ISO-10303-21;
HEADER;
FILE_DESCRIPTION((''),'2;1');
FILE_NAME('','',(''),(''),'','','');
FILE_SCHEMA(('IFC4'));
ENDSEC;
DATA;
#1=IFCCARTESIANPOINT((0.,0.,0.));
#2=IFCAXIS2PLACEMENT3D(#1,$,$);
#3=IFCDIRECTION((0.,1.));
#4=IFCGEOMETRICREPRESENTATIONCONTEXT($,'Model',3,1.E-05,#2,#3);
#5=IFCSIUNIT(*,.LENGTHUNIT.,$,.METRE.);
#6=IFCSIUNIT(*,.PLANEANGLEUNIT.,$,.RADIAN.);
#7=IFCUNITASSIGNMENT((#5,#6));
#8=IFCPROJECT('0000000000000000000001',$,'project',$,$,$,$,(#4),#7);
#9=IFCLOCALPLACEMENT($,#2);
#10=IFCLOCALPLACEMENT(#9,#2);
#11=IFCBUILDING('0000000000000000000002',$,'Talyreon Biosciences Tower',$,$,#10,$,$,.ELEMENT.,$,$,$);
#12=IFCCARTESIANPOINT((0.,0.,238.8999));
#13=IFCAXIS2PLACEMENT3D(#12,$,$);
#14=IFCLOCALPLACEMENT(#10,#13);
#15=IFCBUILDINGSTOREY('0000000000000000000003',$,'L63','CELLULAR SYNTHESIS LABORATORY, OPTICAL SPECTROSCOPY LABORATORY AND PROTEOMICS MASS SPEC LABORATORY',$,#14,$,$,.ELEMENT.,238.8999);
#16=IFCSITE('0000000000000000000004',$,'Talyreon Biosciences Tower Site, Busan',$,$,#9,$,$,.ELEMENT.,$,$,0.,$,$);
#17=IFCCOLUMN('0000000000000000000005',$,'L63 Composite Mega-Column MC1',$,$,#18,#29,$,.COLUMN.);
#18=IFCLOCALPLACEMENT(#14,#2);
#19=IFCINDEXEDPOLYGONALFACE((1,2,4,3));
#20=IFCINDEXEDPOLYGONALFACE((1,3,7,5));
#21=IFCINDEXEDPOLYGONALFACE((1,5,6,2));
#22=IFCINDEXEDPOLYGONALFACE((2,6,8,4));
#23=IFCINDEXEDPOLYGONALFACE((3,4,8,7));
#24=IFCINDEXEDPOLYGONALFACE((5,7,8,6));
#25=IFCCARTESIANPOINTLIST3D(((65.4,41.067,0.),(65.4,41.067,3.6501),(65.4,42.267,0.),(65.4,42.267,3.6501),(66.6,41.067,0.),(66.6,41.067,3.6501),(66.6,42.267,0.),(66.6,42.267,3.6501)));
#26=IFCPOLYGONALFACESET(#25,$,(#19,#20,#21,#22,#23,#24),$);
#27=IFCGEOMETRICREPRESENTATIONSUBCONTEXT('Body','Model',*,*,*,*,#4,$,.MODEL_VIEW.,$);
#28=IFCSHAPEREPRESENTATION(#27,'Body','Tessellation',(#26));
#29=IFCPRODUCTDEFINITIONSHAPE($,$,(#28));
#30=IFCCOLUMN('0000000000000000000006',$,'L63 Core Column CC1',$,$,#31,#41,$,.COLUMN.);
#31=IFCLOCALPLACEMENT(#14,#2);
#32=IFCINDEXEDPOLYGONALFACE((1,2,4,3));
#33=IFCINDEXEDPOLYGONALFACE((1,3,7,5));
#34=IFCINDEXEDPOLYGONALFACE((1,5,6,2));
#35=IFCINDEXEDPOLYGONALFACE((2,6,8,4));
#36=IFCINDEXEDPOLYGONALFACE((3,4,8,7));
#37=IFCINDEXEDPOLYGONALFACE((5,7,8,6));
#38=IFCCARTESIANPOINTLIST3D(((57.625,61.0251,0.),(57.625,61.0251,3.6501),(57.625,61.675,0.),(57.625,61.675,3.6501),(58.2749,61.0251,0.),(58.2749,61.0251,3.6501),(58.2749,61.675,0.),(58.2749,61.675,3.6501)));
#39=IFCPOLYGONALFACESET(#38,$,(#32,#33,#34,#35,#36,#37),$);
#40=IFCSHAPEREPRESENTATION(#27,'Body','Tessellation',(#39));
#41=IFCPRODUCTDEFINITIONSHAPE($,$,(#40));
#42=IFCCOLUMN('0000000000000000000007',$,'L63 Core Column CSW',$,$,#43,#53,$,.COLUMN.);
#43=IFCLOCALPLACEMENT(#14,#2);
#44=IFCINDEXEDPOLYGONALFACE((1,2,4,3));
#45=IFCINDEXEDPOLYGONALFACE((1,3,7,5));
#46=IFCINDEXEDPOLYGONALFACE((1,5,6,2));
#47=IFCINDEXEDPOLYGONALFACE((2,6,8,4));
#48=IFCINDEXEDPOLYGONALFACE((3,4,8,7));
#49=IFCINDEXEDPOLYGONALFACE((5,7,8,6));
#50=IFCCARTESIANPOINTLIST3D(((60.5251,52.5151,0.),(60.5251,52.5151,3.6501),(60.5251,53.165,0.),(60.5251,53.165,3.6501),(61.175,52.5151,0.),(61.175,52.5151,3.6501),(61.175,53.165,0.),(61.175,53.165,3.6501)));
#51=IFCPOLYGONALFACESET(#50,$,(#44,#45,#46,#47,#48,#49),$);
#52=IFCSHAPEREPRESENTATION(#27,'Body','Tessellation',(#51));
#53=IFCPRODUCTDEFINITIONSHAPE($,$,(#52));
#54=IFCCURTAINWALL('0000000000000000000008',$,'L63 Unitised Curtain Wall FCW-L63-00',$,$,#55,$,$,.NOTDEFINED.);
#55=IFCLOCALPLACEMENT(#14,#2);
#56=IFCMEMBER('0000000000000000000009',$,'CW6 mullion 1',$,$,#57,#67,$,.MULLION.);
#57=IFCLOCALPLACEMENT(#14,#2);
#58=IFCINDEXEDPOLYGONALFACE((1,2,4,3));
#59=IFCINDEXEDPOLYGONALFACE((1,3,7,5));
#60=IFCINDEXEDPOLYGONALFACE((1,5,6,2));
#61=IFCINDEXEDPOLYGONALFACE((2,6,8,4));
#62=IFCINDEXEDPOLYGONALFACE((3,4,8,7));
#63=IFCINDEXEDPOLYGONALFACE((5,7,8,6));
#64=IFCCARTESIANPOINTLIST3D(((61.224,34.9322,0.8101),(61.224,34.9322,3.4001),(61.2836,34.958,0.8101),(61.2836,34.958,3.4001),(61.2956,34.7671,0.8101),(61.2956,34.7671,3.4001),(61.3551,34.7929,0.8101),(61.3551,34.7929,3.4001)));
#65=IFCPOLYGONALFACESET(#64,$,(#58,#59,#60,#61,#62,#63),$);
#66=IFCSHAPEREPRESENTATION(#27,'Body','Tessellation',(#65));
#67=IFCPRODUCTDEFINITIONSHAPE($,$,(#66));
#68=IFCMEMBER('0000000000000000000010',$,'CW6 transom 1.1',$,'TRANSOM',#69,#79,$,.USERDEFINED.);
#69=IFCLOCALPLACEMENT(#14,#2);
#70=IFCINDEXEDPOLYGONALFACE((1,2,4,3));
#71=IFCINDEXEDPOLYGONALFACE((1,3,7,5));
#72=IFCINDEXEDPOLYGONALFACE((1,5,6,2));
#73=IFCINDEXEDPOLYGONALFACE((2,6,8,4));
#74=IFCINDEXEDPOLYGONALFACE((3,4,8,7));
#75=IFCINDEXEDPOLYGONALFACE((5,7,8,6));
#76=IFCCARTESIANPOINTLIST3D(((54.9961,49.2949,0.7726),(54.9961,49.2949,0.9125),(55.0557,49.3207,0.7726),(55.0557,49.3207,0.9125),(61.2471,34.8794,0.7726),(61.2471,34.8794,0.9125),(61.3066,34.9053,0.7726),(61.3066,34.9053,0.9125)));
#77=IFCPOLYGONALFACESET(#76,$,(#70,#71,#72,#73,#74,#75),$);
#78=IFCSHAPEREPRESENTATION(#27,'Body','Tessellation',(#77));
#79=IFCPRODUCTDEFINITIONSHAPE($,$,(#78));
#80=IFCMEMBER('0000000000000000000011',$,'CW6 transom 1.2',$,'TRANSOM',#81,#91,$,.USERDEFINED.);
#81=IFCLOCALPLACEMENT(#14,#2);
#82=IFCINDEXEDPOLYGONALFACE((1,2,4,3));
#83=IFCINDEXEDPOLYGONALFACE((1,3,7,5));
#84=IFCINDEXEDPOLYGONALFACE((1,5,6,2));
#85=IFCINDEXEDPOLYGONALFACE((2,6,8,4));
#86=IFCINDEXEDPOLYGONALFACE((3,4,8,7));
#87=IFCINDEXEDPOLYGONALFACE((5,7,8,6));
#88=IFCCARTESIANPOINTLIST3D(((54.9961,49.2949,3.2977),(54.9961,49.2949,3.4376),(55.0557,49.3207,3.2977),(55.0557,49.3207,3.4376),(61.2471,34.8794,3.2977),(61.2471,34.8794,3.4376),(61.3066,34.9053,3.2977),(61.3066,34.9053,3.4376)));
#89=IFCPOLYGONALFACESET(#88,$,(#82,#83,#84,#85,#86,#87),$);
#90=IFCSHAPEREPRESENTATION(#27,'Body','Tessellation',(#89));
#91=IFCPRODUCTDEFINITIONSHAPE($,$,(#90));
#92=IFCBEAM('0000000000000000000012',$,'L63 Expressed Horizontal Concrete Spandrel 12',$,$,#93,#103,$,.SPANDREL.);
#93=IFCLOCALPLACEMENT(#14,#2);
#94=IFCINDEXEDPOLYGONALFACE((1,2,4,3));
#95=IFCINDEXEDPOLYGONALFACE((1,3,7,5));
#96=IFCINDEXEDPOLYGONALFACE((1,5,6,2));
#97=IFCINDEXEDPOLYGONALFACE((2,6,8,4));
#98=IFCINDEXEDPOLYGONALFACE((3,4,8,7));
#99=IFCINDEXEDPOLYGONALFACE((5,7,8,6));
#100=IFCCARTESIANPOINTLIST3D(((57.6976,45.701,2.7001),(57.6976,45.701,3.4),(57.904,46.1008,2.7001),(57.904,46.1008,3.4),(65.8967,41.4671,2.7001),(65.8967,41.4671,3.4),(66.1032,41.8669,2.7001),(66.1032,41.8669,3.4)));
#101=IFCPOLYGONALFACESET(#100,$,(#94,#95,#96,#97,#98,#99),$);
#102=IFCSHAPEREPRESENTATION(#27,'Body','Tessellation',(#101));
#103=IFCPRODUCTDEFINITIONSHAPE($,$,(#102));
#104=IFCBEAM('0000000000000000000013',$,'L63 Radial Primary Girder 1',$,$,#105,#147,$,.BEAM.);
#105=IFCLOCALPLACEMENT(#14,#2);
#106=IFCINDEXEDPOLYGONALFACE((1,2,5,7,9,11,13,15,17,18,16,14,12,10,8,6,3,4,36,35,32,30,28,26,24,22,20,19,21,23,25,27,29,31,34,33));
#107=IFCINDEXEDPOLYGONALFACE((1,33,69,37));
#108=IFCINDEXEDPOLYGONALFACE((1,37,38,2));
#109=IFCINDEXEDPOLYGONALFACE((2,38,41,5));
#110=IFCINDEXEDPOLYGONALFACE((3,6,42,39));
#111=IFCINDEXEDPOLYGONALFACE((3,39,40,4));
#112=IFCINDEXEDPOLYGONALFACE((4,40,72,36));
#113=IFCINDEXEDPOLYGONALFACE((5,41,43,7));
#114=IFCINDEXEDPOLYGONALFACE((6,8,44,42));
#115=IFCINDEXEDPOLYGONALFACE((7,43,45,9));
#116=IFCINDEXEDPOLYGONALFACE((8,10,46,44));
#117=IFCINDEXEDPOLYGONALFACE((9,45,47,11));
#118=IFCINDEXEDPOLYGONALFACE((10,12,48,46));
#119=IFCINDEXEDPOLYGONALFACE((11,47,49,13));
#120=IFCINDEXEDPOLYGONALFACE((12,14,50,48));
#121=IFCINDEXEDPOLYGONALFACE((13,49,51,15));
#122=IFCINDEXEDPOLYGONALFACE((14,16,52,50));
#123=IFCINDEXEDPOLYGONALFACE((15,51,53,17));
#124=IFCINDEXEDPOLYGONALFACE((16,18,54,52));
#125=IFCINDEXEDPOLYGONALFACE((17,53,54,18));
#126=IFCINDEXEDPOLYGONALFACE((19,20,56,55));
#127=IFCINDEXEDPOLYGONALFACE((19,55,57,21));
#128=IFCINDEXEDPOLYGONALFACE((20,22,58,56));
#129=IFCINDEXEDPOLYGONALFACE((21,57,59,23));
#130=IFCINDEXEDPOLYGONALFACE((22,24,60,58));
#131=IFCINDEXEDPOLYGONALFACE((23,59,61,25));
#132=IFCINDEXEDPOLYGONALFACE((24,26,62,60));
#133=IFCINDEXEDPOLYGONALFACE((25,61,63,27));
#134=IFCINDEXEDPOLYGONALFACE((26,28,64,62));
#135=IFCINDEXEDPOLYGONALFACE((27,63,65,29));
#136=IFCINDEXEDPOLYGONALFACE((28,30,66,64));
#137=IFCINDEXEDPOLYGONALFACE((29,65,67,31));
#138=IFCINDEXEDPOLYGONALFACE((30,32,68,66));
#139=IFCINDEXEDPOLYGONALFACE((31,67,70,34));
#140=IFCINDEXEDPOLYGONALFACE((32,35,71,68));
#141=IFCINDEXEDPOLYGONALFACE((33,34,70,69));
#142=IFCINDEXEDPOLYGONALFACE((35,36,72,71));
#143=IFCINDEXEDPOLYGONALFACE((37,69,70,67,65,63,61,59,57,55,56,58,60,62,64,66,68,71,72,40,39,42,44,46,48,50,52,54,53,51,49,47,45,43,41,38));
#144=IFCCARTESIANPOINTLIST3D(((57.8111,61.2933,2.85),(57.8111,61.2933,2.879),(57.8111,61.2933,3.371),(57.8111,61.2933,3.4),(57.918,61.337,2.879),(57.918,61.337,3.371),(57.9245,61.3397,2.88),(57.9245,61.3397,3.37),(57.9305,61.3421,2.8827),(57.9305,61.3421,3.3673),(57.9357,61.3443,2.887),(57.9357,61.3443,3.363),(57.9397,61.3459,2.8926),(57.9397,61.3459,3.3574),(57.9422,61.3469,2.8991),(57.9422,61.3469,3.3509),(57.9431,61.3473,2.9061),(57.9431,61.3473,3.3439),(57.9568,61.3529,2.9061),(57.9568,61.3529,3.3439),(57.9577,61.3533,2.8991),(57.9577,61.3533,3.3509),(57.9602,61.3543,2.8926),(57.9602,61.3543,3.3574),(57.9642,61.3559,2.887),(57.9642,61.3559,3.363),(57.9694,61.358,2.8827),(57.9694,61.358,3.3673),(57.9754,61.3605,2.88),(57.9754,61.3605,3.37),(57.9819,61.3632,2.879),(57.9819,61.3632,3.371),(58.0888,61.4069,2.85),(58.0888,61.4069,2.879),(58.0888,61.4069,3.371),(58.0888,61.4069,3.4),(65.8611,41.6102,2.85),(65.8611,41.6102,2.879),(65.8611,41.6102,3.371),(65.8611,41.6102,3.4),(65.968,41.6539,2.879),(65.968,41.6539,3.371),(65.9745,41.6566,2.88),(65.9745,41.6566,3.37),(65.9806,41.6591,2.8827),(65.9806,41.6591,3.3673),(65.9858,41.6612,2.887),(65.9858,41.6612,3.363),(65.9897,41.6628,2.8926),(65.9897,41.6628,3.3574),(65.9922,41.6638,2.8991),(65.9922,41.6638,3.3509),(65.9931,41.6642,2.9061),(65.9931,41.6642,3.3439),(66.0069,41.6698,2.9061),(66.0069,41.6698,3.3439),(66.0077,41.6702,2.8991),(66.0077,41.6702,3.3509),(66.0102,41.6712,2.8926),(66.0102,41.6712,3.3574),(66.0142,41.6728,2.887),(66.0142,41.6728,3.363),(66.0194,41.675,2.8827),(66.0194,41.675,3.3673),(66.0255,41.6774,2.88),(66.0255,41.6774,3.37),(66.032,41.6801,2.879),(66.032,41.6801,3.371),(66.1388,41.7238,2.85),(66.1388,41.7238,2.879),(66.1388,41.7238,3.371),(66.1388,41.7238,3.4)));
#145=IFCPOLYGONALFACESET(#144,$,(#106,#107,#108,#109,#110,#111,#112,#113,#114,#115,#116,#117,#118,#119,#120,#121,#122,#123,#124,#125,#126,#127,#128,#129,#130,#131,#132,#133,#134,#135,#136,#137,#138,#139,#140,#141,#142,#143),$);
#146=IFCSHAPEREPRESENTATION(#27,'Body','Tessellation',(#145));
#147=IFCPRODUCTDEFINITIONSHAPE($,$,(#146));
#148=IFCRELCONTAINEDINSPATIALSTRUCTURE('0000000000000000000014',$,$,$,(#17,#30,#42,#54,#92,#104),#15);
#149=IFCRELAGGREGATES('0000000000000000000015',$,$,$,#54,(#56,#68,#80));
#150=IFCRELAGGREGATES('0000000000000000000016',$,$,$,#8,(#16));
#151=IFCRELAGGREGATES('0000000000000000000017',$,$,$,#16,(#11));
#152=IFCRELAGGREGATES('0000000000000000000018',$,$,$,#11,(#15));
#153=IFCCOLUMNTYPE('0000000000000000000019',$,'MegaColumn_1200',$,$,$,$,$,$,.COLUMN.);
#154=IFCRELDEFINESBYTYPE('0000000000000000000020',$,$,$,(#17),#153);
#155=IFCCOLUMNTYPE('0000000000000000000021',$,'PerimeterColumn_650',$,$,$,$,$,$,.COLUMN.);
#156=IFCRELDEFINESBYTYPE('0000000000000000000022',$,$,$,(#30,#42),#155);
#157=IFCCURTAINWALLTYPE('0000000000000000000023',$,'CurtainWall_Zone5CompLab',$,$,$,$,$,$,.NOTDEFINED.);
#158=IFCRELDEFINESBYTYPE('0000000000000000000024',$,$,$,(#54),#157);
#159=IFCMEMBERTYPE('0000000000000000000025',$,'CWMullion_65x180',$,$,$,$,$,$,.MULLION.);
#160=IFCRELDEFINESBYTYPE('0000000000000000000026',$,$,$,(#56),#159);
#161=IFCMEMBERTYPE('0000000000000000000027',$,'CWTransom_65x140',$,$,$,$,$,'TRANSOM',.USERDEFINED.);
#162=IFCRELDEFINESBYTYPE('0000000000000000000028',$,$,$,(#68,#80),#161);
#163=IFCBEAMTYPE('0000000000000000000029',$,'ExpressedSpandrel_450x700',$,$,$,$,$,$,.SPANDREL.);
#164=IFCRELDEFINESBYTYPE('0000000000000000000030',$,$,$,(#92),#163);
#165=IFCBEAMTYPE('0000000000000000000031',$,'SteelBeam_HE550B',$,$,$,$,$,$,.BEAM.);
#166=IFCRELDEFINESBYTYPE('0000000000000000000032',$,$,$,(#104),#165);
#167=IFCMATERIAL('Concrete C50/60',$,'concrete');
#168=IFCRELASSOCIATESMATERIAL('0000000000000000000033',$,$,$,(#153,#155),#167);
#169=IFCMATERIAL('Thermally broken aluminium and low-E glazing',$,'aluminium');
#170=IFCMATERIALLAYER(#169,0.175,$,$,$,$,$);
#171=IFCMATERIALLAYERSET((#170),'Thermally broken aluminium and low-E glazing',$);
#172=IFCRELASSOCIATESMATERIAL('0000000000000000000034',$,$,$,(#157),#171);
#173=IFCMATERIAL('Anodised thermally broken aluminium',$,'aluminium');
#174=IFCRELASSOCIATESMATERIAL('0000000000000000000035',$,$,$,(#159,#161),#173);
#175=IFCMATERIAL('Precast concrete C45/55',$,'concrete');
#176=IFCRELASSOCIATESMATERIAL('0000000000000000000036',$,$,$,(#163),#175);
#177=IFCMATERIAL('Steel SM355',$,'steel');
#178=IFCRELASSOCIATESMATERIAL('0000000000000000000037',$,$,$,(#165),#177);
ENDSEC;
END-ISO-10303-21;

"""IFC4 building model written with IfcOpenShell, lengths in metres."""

from ifc_helpers import new_model, si_unit, direction, frame, origin, origin_2d, place, context, subcontext, project, spatial, rectangle, i_section, extrude, material, layer, layer_set, material_profile, profile_set, type_object, element, aggregate, save


model = new_model("IFC4")

# Units and contexts
model_context = context("Model", 3, precision=1e-05, world=origin(), true_north=direction((0.0, 1.0)))
body_context = subcontext(model_context, "Body", "Model", "MODEL_VIEW")
ifc_project = project(units=[si_unit("LENGTHUNIT", "METRE"), si_unit("PLANEANGLEUNIT", "RADIAN")], contexts=[model_context])

# Site, building, storey
site_placement = place(None, origin())
site = spatial("IfcSite", under=ifc_project, at=site_placement, Name="Talyreon Biosciences Tower Site, Busan", CompositionType="ELEMENT", RefElevation=0.0)
building_placement = place(site_placement, origin())
building = spatial("IfcBuilding", under=site, at=building_placement, Name="Talyreon Biosciences Tower", CompositionType="ELEMENT")
storey_placement = place(building_placement, frame((0.0, 0.0, 238.8999)))
storey = spatial("IfcBuildingStorey", under=building, at=storey_placement, Name="L63", Description="CELLULAR SYNTHESIS LABORATORY, OPTICAL SPECTROSCOPY LABORATORY AND PROTEOMICS MASS SPEC LABORATORY", CompositionType="ELEMENT", Elevation=238.8999)

# Columns
ifc_material_1 = material(Name="Concrete C50/60", Category="concrete")
ifc_material_profile_1 = material_profile(ifc_material_1, rectangle(XDim=1.2, YDim=1.2, at=origin_2d()), Name="RC 1200x1200")
ifc_profile_set_1 = profile_set([ifc_material_profile_1], Name="Concrete C50/60")
column_type_1 = type_object("IfcColumnType", Name="MegaColumn_1200", PredefinedType="COLUMN", material=ifc_profile_set_1)
column_placement = place(storey_placement, frame((66.0, 41.667, 0.0), z_axis=(0.0, 0.0, 1.0), x_axis=(1.0, 0.0, 0.0)))
element("IfcColumn", 1, at=column_placement, inside=storey, type_object=column_type_1, Name="L63 Composite Mega-Column MC1", PredefinedType="COLUMN", context=body_context, shape_type="SweptSolid", body=[
    extrude(rectangle(XDim=1.2, YDim=1.2, at=origin_2d()), origin(), (0.0, 0.0, 1.0), 3.6501),
])
ifc_material_profile_2 = material_profile(ifc_material_1, rectangle(XDim=0.6499, YDim=0.6499, at=origin_2d()), Name="RC 650x650")
ifc_profile_set_2 = profile_set([ifc_material_profile_2], Name="Concrete C50/60")
column_type_2 = type_object("IfcColumnType", Name="PerimeterColumn_650", PredefinedType="COLUMN", material=ifc_profile_set_2)
for number, where, z_axis, x_axis, name in (
    (2, (57.95, 61.3501, 0.0), (0.0, 0.0, 1.0), (1.0, 0.0, 0.0), "L63 Core Column CC1"),
    (3, (60.8501, 52.8401, 0.0), (0.0, 0.0, 1.0), (1.0, 0.0, 0.0), "L63 Core Column CSW"),
):
    element("IfcColumn", number, at=place(storey_placement, frame(where, z_axis=z_axis, x_axis=x_axis)), inside=storey, type_object=column_type_2, Name=name, PredefinedType="COLUMN", context=body_context, shape_type="SweptSolid", body=[
        extrude(rectangle(XDim=0.6499, YDim=0.6499, at=origin_2d()), origin(), (0.0, 0.0, 1.0), 3.6501),
    ])

# Curtain wall, members
ifc_material_2 = material(Name="Thermally broken aluminium and low-E glazing", Category="aluminium")
ifc_layer_1 = layer(ifc_material_2, 0.175)
ifc_layer_set_1 = layer_set([ifc_layer_1], Name="Thermally broken aluminium and low-E glazing")
curtain_wall_type = type_object("IfcCurtainWallType", Name="CurtainWall_Zone5CompLab", PredefinedType="NOTDEFINED", material=ifc_layer_set_1)
curtain_wall_placement = place(storey_placement, origin())
curtain_wall = element("IfcCurtainWall", 4, at=curtain_wall_placement, inside=storey, type_object=curtain_wall_type, Name="L63 Unitised Curtain Wall FCW-L63-00", PredefinedType="NOTDEFINED")
ifc_material_3 = material(Name="Anodised thermally broken aluminium", Category="aluminium")
ifc_material_profile_3 = material_profile(ifc_material_3, rectangle(XDim=0.0649, YDim=0.1799, at=origin_2d()), Name="ALUM MULLION 65x180")
ifc_profile_set_3 = profile_set([ifc_material_profile_3], Name="Anodised thermally broken aluminium")
member_type_1 = type_object("IfcMemberType", Name="CWMullion_65x180", PredefinedType="MULLION", material=ifc_profile_set_3)
member_1_placement = place(storey_placement, frame((61.2896, 34.8625, 0.8101), z_axis=(0.0, 0.0, 1.0), x_axis=(-0.917458, -0.397832, 0.0)))
member_1 = element("IfcMember", 5, at=member_1_placement, type_object=member_type_1, Name="CW6 mullion 1", PredefinedType="MULLION", context=body_context, shape_type="SweptSolid", body=[
    extrude(rectangle(XDim=0.0649, YDim=0.1799, at=origin_2d()), origin(), (0.0, 0.0, 1.0), 2.5901),
])
ifc_material_profile_4 = material_profile(ifc_material_3, rectangle(XDim=0.0649, YDim=0.1399, at=origin_2d()), Name="ALUM TRANSOM 65x140")
ifc_profile_set_4 = profile_set([ifc_material_profile_4], Name="Anodised thermally broken aluminium")
member_type_2 = type_object("IfcMemberType", Name="CWTransom_65x140", ElementType="TRANSOM", PredefinedType="USERDEFINED", material=ifc_profile_set_4)
member_2_placement = place(storey_placement, frame((61.2769, 34.8923, 0.8425), z_axis=(-0.397835, 0.917457, 0.0), x_axis=(-0.917457, -0.397835, 0.0)))
member_2 = element("IfcMember", 6, at=member_2_placement, type_object=member_type_2, Name="CW6 transom 1.1", ObjectType="TRANSOM", PredefinedType="USERDEFINED", context=body_context, shape_type="SweptSolid", body=[
    extrude(rectangle(XDim=0.0649, YDim=0.1399, at=origin_2d()), origin(), (0.0, 0.0, 1.0), 15.7124),
])
member_3_placement = place(storey_placement, frame((61.2769, 34.8923, 3.3677), z_axis=(-0.397835, 0.917457, 0.0), x_axis=(-0.917457, -0.397835, 0.0)))
member_3 = element("IfcMember", 7, at=member_3_placement, type_object=member_type_2, Name="CW6 transom 1.2", ObjectType="TRANSOM", PredefinedType="USERDEFINED", context=body_context, shape_type="SweptSolid", body=[
    extrude(rectangle(XDim=0.0649, YDim=0.1399, at=origin_2d()), origin(), (0.0, 0.0, 1.0), 15.7124),
])

# Beams
ifc_material_4 = material(Name="Precast concrete C45/55", Category="concrete")
ifc_material_profile_5 = material_profile(ifc_material_4, rectangle(XDim=0.45, YDim=0.7, at=origin_2d()), Name="RCB 450x700")
ifc_profile_set_5 = profile_set([ifc_material_profile_5], Name="Precast concrete C45/55")
beam_type_1 = type_object("IfcBeamType", Name="ExpressedSpandrel_450x700", PredefinedType="SPANDREL", material=ifc_profile_set_5)
beam_1_placement = place(storey_placement, frame((57.8008, 45.9009, 3.05), z_axis=(0.888531, -0.458817, 0.0), x_axis=(0.458817, 0.888531, 0.0)))
element("IfcBeam", 8, at=beam_1_placement, inside=storey, type_object=beam_type_1, Name="L63 Expressed Horizontal Concrete Spandrel 12", PredefinedType="SPANDREL", context=body_context, shape_type="SweptSolid", body=[
    extrude(rectangle(XDim=0.45, YDim=0.7, at=origin_2d()), origin(), (0.0, 0.0, 1.0), 9.2278),
])
ifc_material_5 = material(Name="Steel SM355", Category="steel")
ifc_material_profile_6 = material_profile(ifc_material_5, i_section(OverallWidth=0.3, OverallDepth=0.55, WebThickness=0.0149, FlangeThickness=0.0291, FilletRadius=0.0271, at=origin_2d()), Name="HE550B")
ifc_profile_set_6 = profile_set([ifc_material_profile_6], Name="Steel SM355")
beam_type_2 = type_object("IfcBeamType", Name="SteelBeam_HE550B", PredefinedType="BEAM", material=ifc_profile_set_6)
beam_2_placement = place(storey_placement, frame((57.95, 61.3501, 3.125), z_axis=(0.378547, -0.925582, 0.0), x_axis=(0.925582, 0.378547, 0.0)))
element("IfcBeam", 9, at=beam_2_placement, inside=storey, type_object=beam_type_2, Name="L63 Radial Primary Girder 1", PredefinedType="BEAM", context=body_context, shape_type="SweptSolid", body=[
    extrude(i_section(OverallWidth=0.3, OverallDepth=0.55, WebThickness=0.0149, FlangeThickness=0.0291, FilletRadius=0.0271, at=origin_2d()), origin(), (0.0, 0.0, 1.0), 21.2656),
])

aggregate(curtain_wall, [member_1, member_2, member_3])

save(model, "model.ifc")
